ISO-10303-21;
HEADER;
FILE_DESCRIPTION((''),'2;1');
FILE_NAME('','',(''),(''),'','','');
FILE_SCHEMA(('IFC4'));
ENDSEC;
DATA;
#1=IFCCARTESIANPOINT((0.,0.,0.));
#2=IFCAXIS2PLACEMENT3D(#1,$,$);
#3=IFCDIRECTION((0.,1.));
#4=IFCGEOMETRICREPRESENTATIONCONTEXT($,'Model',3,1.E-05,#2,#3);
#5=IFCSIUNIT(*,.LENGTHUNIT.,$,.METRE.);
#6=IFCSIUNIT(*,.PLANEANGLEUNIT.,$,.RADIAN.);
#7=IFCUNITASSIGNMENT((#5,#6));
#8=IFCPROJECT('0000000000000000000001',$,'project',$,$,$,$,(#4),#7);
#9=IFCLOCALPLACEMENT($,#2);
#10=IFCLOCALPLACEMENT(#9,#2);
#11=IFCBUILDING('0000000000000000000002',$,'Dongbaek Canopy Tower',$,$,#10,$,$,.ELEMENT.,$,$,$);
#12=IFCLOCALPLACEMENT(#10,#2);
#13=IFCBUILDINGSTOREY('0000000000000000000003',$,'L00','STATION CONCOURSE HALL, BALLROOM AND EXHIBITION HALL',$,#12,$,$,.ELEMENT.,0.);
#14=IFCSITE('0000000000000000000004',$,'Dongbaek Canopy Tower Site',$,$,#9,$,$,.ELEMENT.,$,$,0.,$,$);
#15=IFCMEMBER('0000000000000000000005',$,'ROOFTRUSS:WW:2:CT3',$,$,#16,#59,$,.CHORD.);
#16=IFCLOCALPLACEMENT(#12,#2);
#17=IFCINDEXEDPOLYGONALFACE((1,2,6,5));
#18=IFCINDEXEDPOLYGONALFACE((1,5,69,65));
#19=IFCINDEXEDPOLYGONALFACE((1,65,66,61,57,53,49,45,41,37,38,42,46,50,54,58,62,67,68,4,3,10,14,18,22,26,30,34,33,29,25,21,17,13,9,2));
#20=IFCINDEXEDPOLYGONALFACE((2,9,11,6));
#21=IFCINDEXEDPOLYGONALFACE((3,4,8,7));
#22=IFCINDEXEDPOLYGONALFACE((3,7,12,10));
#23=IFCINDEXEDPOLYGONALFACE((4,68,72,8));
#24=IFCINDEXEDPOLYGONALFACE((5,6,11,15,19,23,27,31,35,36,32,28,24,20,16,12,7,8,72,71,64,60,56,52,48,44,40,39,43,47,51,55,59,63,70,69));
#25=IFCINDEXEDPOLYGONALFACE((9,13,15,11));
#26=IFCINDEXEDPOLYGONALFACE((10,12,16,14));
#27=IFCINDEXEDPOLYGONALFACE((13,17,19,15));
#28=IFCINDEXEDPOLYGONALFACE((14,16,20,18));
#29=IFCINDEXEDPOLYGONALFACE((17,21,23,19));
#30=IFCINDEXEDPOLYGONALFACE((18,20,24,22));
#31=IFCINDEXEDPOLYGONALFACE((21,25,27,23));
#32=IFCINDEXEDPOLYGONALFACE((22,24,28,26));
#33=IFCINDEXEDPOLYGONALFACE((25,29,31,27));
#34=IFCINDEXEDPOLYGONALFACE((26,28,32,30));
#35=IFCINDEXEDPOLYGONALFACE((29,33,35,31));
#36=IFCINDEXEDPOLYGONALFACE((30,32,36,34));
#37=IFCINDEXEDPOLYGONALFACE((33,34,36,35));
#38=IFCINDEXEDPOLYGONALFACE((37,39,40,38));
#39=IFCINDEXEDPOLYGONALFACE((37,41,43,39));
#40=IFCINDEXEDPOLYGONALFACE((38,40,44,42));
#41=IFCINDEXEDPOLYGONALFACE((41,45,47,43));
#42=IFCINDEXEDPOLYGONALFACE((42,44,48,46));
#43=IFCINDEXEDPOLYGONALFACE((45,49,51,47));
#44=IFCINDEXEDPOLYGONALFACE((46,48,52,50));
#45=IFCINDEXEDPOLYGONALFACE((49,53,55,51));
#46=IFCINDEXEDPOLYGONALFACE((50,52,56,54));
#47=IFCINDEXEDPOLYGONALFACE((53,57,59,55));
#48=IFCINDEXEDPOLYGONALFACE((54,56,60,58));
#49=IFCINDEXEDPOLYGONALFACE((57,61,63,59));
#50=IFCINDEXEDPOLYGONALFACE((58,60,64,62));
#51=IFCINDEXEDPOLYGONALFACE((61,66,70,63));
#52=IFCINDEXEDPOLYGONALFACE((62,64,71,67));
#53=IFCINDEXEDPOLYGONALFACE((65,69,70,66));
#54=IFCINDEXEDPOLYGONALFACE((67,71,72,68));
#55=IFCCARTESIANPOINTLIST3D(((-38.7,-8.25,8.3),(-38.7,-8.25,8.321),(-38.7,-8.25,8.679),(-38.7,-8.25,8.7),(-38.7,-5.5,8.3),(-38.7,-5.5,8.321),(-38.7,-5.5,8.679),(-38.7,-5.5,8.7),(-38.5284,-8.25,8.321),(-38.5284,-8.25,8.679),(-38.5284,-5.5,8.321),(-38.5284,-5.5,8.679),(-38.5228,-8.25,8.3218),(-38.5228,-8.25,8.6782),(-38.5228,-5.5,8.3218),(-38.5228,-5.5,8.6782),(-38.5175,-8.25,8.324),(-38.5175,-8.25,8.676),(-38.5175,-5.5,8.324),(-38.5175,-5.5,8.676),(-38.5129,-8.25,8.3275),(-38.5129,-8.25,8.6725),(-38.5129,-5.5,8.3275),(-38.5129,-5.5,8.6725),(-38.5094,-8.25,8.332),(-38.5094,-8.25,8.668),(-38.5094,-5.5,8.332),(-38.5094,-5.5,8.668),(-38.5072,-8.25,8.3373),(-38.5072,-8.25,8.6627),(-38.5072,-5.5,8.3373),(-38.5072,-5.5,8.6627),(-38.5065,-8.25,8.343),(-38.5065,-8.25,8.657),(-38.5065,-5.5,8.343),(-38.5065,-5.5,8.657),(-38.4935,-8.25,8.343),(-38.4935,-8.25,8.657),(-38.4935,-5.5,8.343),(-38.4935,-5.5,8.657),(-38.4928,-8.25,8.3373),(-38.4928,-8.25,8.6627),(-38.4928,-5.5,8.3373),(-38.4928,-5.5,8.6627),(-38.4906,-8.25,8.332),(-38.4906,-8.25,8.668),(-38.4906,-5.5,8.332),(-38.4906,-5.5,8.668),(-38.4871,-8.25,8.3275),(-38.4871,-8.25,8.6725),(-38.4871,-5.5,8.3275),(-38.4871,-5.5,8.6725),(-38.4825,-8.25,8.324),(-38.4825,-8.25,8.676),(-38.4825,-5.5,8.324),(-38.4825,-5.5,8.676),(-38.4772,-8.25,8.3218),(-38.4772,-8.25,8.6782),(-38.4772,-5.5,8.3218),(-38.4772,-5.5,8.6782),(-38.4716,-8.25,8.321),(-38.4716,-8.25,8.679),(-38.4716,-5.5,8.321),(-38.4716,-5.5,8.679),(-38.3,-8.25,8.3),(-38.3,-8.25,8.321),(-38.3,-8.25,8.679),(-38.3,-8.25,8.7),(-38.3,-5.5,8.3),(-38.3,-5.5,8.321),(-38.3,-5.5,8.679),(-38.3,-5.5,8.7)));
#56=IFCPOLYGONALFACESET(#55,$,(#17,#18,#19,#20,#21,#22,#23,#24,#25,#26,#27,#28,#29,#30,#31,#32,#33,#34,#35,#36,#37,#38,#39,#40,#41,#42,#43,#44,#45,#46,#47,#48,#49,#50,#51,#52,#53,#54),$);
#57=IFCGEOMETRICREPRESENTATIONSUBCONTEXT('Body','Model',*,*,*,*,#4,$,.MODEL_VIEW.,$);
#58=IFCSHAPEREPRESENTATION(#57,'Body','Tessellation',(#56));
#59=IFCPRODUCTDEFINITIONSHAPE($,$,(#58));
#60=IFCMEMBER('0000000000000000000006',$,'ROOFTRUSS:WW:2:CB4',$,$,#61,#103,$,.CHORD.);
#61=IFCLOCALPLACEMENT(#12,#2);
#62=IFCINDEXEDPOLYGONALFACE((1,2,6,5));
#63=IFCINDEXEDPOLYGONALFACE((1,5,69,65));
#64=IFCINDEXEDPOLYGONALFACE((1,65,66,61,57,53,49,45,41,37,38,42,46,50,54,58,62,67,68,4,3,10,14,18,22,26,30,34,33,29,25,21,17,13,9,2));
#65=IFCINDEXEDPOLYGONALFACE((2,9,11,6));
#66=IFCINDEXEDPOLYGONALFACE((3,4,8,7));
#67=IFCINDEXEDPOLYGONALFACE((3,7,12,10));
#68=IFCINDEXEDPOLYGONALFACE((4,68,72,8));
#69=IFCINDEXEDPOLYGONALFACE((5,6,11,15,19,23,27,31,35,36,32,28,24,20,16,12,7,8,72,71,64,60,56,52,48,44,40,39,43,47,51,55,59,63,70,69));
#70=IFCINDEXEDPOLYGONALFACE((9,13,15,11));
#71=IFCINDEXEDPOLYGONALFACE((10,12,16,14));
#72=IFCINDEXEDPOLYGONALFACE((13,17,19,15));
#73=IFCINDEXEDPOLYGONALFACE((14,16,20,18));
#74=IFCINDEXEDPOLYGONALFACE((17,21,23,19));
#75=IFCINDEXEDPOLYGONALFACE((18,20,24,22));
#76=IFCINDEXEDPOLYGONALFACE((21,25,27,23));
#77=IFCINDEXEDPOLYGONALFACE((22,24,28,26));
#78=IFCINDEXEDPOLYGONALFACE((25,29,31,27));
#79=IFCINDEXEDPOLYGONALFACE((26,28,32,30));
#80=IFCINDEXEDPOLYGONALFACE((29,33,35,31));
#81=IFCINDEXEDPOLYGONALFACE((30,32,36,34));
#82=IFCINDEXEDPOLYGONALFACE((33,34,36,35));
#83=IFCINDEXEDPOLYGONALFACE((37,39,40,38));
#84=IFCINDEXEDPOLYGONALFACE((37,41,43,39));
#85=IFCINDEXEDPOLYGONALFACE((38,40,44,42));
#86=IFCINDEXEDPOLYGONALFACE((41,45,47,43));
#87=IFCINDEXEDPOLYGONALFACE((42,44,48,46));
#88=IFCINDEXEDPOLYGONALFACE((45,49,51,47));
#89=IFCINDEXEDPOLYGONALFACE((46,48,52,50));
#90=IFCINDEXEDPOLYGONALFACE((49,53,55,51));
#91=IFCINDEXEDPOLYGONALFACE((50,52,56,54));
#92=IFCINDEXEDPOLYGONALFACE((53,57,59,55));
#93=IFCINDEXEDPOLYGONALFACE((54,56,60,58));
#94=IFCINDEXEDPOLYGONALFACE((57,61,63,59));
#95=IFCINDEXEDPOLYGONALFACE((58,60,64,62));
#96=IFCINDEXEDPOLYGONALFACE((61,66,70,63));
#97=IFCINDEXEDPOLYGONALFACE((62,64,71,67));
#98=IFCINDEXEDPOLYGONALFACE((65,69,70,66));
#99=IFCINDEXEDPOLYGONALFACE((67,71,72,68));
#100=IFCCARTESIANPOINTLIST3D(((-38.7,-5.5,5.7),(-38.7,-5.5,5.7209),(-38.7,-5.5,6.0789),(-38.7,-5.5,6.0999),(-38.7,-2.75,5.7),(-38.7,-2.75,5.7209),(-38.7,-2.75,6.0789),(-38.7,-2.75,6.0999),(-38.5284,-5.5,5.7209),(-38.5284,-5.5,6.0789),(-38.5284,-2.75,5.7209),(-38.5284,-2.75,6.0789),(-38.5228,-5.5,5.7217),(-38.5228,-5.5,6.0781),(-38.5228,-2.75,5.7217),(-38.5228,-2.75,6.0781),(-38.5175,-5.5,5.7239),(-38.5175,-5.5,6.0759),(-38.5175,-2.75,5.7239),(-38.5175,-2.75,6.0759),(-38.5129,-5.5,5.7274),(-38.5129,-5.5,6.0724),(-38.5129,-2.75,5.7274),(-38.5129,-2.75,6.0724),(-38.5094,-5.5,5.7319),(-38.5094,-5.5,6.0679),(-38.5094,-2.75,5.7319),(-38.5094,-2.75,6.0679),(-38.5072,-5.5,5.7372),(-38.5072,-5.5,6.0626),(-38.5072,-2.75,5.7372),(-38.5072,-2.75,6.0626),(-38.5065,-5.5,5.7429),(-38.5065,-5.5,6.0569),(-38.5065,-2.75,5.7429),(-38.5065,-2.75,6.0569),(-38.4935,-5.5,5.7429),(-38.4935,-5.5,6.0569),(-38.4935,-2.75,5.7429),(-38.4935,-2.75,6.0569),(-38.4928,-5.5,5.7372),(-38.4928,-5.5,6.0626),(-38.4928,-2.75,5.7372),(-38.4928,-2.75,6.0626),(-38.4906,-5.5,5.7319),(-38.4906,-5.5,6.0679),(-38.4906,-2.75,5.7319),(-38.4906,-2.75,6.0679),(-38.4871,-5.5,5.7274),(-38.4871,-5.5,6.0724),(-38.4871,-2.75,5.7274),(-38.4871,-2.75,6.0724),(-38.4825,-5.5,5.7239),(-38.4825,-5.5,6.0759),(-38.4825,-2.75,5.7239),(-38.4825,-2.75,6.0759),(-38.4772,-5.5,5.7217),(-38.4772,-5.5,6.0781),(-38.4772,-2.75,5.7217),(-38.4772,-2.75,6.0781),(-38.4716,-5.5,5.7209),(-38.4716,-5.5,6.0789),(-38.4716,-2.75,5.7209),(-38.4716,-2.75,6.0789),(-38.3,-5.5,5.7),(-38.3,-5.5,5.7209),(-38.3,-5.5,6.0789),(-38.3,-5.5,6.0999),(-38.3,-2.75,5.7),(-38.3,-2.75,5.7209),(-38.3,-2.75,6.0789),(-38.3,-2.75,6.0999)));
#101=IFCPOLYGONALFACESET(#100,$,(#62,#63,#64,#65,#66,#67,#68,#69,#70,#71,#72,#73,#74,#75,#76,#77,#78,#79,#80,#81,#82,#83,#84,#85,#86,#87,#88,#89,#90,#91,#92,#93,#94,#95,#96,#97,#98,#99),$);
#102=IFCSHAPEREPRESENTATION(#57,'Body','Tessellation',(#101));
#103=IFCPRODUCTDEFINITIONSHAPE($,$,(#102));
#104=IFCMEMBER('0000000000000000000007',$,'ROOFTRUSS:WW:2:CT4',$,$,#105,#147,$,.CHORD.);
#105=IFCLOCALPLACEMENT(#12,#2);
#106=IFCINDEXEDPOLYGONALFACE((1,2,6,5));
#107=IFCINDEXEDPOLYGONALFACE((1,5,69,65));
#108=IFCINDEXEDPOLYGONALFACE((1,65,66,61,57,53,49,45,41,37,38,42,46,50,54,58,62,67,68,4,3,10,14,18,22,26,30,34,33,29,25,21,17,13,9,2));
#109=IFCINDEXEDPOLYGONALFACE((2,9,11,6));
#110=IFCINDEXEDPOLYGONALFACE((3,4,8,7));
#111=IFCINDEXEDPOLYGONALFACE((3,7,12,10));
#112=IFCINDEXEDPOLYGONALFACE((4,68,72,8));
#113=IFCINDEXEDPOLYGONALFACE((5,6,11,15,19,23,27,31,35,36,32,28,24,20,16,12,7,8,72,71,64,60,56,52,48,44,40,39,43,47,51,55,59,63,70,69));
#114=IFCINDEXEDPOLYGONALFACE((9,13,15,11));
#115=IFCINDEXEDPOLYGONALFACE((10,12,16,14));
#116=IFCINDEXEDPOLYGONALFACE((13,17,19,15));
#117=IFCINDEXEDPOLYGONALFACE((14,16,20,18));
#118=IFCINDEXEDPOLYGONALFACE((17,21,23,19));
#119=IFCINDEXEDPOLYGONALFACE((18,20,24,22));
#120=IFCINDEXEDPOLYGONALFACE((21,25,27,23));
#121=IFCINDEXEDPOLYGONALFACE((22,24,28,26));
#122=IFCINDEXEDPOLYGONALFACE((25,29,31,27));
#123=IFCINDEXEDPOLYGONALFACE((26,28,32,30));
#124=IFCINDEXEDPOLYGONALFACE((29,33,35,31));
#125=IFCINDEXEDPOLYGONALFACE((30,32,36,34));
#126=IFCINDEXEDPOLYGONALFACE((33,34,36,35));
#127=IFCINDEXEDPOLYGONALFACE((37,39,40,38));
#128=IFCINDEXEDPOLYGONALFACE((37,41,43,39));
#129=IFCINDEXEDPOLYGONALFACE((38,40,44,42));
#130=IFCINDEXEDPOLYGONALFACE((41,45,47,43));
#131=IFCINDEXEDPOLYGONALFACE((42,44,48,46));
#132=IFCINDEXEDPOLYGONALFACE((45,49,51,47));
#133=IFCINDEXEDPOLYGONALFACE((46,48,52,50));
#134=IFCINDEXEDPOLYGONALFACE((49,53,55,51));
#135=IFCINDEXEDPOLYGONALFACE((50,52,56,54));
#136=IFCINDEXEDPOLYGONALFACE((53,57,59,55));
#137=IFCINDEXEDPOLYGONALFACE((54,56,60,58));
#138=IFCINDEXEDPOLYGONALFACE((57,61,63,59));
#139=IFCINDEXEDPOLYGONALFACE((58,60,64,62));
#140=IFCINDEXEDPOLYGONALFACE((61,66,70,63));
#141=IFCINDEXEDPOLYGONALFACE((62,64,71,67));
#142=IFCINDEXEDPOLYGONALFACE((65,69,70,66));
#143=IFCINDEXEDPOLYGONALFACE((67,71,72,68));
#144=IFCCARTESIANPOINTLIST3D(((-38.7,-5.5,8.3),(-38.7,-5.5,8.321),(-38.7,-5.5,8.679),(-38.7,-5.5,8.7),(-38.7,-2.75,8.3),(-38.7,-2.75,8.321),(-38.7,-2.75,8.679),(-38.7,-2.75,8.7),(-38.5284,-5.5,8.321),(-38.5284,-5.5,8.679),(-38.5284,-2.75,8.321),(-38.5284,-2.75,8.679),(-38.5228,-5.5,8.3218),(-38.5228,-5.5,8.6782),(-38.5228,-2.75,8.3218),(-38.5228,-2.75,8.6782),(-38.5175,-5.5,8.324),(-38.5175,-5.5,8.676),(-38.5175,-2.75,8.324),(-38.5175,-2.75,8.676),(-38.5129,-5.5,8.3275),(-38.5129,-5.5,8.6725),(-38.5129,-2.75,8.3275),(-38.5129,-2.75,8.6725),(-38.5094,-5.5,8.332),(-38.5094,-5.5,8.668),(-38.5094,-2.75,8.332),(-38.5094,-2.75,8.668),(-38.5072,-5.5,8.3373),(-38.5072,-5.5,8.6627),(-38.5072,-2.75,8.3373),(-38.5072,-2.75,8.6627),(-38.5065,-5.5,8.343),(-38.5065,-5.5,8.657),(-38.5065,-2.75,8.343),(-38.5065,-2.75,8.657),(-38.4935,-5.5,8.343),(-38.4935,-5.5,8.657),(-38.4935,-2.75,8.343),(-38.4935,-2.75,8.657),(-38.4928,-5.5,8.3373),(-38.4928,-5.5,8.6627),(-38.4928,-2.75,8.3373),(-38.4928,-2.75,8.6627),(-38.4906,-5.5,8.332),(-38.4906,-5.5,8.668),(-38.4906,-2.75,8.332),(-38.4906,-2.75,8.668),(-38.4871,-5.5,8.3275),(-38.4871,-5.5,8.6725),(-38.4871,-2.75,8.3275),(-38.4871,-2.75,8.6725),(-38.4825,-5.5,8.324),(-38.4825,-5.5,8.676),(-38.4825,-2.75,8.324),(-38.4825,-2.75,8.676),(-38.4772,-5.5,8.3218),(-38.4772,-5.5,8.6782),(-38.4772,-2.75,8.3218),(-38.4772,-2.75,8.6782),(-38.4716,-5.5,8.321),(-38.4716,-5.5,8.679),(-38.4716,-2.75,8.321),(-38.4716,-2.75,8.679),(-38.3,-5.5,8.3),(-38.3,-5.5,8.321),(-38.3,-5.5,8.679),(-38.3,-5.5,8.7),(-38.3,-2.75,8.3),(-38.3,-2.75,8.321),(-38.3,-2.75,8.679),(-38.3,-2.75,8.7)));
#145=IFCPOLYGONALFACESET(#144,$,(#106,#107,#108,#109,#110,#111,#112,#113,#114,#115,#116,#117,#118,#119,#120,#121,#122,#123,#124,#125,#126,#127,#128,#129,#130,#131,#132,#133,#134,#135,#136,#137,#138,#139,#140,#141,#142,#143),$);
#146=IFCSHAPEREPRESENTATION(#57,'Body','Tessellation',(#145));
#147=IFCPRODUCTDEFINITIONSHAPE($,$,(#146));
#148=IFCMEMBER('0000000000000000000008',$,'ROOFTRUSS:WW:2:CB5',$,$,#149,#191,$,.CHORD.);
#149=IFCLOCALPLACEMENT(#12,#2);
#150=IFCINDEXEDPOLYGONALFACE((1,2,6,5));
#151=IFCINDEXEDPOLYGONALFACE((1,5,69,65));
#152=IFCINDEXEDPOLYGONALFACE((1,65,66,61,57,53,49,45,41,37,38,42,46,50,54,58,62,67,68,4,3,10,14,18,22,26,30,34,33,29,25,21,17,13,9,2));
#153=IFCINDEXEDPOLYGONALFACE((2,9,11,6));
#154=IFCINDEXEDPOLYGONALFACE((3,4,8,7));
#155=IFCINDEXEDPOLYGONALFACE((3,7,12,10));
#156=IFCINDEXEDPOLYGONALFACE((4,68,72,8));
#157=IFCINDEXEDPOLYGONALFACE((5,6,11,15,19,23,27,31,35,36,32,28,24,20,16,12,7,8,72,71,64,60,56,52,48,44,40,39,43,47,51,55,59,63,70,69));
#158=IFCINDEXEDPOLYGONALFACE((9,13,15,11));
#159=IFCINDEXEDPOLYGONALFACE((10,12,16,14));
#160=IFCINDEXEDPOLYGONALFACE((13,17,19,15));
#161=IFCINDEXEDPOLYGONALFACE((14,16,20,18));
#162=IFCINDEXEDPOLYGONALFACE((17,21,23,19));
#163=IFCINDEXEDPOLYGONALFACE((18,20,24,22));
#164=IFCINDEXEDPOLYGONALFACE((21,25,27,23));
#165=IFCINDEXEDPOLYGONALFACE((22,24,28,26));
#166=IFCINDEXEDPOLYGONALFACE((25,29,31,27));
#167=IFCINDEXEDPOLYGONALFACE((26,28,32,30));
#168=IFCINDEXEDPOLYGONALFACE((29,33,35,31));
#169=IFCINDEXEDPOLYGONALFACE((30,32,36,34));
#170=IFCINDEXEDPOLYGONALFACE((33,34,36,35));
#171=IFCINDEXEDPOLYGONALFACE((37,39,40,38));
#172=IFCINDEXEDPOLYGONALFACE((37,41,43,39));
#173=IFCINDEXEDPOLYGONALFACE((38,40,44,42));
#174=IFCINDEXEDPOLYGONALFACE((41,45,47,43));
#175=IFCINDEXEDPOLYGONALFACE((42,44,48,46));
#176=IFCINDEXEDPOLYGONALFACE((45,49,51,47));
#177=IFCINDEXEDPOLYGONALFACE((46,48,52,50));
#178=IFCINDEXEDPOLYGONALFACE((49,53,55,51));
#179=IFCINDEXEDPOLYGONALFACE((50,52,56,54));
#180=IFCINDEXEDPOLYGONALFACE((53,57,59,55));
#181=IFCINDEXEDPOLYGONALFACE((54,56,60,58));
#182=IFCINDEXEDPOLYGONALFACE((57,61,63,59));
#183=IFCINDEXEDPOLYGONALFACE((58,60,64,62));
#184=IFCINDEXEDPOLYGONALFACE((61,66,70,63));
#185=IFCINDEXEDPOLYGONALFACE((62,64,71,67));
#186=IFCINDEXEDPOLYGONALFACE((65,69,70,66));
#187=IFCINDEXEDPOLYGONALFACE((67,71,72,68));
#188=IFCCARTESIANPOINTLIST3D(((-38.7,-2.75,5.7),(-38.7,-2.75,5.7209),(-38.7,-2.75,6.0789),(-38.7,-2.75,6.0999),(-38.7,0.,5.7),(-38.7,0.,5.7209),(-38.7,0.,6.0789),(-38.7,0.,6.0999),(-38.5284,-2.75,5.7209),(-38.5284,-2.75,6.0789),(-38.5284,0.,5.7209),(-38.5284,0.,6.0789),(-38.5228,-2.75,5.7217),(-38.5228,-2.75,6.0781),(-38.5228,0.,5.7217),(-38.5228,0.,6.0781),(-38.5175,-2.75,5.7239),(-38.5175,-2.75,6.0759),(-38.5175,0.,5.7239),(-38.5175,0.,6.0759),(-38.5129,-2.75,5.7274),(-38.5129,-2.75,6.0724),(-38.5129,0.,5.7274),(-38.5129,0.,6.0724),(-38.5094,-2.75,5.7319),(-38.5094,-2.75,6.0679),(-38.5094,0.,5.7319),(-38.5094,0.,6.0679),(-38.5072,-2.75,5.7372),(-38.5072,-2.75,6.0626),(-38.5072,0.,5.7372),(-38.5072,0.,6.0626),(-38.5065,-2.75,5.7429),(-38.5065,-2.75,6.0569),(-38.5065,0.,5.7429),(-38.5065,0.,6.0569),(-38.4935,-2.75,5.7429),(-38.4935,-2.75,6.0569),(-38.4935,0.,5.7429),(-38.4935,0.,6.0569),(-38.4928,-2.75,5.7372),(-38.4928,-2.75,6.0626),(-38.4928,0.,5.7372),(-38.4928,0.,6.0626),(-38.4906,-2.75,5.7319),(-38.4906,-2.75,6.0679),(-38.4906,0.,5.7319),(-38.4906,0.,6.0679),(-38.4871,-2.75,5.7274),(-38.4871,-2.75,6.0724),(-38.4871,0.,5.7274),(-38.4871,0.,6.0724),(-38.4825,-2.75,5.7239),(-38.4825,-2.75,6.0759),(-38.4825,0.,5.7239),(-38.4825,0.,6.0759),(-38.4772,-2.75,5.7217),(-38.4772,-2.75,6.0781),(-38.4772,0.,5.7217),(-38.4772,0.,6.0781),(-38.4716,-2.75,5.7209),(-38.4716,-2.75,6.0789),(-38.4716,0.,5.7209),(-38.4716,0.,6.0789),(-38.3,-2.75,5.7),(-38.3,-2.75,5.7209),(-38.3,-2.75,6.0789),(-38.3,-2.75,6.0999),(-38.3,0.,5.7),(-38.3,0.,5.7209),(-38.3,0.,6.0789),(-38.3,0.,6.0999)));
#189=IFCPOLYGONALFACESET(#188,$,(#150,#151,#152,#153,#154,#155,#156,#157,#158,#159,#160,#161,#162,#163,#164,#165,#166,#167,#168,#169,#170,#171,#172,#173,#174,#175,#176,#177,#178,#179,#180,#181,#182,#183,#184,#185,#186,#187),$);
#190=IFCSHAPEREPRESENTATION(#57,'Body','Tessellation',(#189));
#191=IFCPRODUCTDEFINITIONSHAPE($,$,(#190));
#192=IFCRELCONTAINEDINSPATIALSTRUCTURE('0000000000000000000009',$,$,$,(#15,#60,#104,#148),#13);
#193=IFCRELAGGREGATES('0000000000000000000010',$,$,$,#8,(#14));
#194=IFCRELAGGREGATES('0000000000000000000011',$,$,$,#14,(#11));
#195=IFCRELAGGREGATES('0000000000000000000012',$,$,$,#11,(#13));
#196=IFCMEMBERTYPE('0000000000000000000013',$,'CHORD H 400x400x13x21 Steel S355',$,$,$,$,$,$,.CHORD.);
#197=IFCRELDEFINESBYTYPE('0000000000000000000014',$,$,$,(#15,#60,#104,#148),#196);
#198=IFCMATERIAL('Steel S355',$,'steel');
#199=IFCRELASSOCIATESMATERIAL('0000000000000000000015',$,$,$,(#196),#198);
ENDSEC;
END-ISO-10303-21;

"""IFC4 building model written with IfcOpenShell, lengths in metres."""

from ifc_helpers import new_model, si_unit, direction, frame, origin, origin_2d, place, context, subcontext, project, spatial, i_section, extrude, material, material_profile, profile_set, type_object, element, save


model = new_model("IFC4")

# Units and contexts
model_context = context("Model", 3, precision=1e-05, world=origin(), true_north=direction((0.0, 1.0)))
body_context = subcontext(model_context, "Body", "Model", "MODEL_VIEW")
ifc_project = project(units=[si_unit("LENGTHUNIT", "METRE"), si_unit("PLANEANGLEUNIT", "RADIAN")], contexts=[model_context])

# Site, building, storey
site_placement = place(None, origin())
site = spatial("IfcSite", under=ifc_project, at=site_placement, Name="Dongbaek Canopy Tower Site", CompositionType="ELEMENT", RefElevation=0.0)
building_placement = place(site_placement, origin())
building = spatial("IfcBuilding", under=site, at=building_placement, Name="Dongbaek Canopy Tower", CompositionType="ELEMENT")
storey_placement = place(building_placement, origin())
storey = spatial("IfcBuildingStorey", under=building, at=storey_placement, Name="L00", Description="STATION CONCOURSE HALL, BALLROOM AND EXHIBITION HALL", CompositionType="ELEMENT", Elevation=0.0)

# Members
ifc_material_1 = material(Name="Steel S355", Category="steel")
ifc_material_profile_1 = material_profile(ifc_material_1, i_section(OverallWidth=0.3999, OverallDepth=0.3999, WebThickness=0.0129, FlangeThickness=0.021, FilletRadius=0.022, at=origin_2d()), Name="CHORD H 400x400x13x21 Steel S355")
ifc_profile_set_1 = profile_set([ifc_material_profile_1], Name="Steel S355")
member_type_1 = type_object("IfcMemberType", Name="CHORD H 400x400x13x21 Steel S355", PredefinedType="CHORD", material=ifc_profile_set_1)
for number, where, z_axis, x_axis, name in (
    (1, (-38.5, -8.25, 8.5), (0.0, 1.0, 0.0), (-1.0, 0.0, 0.0), "ROOFTRUSS:WW:2:CT3"),
    (2, (-38.5, -5.5, 5.8999), (0.0, 1.0, 0.0), (-1.0, 0.0, 0.0), "ROOFTRUSS:WW:2:CB4"),
    (3, (-38.5, -5.5, 8.5), (0.0, 1.0, 0.0), (-1.0, 0.0, 0.0), "ROOFTRUSS:WW:2:CT4"),
    (4, (-38.5, -2.75, 5.8999), (0.0, 1.0, 0.0), (-1.0, 0.0, 0.0), "ROOFTRUSS:WW:2:CB5"),
):
    element("IfcMember", number, at=place(storey_placement, frame(where, z_axis=z_axis, x_axis=x_axis)), inside=storey, type_object=member_type_1, Name=name, PredefinedType="CHORD", context=body_context, shape_type="SweptSolid", body=[
        extrude(i_section(OverallWidth=0.3999, OverallDepth=0.3999, WebThickness=0.0129, FlangeThickness=0.021, FilletRadius=0.022, at=origin_2d()), origin(), (0.0, 0.0, 1.0), 2.75),
    ])

save(model, "model.ifc")
